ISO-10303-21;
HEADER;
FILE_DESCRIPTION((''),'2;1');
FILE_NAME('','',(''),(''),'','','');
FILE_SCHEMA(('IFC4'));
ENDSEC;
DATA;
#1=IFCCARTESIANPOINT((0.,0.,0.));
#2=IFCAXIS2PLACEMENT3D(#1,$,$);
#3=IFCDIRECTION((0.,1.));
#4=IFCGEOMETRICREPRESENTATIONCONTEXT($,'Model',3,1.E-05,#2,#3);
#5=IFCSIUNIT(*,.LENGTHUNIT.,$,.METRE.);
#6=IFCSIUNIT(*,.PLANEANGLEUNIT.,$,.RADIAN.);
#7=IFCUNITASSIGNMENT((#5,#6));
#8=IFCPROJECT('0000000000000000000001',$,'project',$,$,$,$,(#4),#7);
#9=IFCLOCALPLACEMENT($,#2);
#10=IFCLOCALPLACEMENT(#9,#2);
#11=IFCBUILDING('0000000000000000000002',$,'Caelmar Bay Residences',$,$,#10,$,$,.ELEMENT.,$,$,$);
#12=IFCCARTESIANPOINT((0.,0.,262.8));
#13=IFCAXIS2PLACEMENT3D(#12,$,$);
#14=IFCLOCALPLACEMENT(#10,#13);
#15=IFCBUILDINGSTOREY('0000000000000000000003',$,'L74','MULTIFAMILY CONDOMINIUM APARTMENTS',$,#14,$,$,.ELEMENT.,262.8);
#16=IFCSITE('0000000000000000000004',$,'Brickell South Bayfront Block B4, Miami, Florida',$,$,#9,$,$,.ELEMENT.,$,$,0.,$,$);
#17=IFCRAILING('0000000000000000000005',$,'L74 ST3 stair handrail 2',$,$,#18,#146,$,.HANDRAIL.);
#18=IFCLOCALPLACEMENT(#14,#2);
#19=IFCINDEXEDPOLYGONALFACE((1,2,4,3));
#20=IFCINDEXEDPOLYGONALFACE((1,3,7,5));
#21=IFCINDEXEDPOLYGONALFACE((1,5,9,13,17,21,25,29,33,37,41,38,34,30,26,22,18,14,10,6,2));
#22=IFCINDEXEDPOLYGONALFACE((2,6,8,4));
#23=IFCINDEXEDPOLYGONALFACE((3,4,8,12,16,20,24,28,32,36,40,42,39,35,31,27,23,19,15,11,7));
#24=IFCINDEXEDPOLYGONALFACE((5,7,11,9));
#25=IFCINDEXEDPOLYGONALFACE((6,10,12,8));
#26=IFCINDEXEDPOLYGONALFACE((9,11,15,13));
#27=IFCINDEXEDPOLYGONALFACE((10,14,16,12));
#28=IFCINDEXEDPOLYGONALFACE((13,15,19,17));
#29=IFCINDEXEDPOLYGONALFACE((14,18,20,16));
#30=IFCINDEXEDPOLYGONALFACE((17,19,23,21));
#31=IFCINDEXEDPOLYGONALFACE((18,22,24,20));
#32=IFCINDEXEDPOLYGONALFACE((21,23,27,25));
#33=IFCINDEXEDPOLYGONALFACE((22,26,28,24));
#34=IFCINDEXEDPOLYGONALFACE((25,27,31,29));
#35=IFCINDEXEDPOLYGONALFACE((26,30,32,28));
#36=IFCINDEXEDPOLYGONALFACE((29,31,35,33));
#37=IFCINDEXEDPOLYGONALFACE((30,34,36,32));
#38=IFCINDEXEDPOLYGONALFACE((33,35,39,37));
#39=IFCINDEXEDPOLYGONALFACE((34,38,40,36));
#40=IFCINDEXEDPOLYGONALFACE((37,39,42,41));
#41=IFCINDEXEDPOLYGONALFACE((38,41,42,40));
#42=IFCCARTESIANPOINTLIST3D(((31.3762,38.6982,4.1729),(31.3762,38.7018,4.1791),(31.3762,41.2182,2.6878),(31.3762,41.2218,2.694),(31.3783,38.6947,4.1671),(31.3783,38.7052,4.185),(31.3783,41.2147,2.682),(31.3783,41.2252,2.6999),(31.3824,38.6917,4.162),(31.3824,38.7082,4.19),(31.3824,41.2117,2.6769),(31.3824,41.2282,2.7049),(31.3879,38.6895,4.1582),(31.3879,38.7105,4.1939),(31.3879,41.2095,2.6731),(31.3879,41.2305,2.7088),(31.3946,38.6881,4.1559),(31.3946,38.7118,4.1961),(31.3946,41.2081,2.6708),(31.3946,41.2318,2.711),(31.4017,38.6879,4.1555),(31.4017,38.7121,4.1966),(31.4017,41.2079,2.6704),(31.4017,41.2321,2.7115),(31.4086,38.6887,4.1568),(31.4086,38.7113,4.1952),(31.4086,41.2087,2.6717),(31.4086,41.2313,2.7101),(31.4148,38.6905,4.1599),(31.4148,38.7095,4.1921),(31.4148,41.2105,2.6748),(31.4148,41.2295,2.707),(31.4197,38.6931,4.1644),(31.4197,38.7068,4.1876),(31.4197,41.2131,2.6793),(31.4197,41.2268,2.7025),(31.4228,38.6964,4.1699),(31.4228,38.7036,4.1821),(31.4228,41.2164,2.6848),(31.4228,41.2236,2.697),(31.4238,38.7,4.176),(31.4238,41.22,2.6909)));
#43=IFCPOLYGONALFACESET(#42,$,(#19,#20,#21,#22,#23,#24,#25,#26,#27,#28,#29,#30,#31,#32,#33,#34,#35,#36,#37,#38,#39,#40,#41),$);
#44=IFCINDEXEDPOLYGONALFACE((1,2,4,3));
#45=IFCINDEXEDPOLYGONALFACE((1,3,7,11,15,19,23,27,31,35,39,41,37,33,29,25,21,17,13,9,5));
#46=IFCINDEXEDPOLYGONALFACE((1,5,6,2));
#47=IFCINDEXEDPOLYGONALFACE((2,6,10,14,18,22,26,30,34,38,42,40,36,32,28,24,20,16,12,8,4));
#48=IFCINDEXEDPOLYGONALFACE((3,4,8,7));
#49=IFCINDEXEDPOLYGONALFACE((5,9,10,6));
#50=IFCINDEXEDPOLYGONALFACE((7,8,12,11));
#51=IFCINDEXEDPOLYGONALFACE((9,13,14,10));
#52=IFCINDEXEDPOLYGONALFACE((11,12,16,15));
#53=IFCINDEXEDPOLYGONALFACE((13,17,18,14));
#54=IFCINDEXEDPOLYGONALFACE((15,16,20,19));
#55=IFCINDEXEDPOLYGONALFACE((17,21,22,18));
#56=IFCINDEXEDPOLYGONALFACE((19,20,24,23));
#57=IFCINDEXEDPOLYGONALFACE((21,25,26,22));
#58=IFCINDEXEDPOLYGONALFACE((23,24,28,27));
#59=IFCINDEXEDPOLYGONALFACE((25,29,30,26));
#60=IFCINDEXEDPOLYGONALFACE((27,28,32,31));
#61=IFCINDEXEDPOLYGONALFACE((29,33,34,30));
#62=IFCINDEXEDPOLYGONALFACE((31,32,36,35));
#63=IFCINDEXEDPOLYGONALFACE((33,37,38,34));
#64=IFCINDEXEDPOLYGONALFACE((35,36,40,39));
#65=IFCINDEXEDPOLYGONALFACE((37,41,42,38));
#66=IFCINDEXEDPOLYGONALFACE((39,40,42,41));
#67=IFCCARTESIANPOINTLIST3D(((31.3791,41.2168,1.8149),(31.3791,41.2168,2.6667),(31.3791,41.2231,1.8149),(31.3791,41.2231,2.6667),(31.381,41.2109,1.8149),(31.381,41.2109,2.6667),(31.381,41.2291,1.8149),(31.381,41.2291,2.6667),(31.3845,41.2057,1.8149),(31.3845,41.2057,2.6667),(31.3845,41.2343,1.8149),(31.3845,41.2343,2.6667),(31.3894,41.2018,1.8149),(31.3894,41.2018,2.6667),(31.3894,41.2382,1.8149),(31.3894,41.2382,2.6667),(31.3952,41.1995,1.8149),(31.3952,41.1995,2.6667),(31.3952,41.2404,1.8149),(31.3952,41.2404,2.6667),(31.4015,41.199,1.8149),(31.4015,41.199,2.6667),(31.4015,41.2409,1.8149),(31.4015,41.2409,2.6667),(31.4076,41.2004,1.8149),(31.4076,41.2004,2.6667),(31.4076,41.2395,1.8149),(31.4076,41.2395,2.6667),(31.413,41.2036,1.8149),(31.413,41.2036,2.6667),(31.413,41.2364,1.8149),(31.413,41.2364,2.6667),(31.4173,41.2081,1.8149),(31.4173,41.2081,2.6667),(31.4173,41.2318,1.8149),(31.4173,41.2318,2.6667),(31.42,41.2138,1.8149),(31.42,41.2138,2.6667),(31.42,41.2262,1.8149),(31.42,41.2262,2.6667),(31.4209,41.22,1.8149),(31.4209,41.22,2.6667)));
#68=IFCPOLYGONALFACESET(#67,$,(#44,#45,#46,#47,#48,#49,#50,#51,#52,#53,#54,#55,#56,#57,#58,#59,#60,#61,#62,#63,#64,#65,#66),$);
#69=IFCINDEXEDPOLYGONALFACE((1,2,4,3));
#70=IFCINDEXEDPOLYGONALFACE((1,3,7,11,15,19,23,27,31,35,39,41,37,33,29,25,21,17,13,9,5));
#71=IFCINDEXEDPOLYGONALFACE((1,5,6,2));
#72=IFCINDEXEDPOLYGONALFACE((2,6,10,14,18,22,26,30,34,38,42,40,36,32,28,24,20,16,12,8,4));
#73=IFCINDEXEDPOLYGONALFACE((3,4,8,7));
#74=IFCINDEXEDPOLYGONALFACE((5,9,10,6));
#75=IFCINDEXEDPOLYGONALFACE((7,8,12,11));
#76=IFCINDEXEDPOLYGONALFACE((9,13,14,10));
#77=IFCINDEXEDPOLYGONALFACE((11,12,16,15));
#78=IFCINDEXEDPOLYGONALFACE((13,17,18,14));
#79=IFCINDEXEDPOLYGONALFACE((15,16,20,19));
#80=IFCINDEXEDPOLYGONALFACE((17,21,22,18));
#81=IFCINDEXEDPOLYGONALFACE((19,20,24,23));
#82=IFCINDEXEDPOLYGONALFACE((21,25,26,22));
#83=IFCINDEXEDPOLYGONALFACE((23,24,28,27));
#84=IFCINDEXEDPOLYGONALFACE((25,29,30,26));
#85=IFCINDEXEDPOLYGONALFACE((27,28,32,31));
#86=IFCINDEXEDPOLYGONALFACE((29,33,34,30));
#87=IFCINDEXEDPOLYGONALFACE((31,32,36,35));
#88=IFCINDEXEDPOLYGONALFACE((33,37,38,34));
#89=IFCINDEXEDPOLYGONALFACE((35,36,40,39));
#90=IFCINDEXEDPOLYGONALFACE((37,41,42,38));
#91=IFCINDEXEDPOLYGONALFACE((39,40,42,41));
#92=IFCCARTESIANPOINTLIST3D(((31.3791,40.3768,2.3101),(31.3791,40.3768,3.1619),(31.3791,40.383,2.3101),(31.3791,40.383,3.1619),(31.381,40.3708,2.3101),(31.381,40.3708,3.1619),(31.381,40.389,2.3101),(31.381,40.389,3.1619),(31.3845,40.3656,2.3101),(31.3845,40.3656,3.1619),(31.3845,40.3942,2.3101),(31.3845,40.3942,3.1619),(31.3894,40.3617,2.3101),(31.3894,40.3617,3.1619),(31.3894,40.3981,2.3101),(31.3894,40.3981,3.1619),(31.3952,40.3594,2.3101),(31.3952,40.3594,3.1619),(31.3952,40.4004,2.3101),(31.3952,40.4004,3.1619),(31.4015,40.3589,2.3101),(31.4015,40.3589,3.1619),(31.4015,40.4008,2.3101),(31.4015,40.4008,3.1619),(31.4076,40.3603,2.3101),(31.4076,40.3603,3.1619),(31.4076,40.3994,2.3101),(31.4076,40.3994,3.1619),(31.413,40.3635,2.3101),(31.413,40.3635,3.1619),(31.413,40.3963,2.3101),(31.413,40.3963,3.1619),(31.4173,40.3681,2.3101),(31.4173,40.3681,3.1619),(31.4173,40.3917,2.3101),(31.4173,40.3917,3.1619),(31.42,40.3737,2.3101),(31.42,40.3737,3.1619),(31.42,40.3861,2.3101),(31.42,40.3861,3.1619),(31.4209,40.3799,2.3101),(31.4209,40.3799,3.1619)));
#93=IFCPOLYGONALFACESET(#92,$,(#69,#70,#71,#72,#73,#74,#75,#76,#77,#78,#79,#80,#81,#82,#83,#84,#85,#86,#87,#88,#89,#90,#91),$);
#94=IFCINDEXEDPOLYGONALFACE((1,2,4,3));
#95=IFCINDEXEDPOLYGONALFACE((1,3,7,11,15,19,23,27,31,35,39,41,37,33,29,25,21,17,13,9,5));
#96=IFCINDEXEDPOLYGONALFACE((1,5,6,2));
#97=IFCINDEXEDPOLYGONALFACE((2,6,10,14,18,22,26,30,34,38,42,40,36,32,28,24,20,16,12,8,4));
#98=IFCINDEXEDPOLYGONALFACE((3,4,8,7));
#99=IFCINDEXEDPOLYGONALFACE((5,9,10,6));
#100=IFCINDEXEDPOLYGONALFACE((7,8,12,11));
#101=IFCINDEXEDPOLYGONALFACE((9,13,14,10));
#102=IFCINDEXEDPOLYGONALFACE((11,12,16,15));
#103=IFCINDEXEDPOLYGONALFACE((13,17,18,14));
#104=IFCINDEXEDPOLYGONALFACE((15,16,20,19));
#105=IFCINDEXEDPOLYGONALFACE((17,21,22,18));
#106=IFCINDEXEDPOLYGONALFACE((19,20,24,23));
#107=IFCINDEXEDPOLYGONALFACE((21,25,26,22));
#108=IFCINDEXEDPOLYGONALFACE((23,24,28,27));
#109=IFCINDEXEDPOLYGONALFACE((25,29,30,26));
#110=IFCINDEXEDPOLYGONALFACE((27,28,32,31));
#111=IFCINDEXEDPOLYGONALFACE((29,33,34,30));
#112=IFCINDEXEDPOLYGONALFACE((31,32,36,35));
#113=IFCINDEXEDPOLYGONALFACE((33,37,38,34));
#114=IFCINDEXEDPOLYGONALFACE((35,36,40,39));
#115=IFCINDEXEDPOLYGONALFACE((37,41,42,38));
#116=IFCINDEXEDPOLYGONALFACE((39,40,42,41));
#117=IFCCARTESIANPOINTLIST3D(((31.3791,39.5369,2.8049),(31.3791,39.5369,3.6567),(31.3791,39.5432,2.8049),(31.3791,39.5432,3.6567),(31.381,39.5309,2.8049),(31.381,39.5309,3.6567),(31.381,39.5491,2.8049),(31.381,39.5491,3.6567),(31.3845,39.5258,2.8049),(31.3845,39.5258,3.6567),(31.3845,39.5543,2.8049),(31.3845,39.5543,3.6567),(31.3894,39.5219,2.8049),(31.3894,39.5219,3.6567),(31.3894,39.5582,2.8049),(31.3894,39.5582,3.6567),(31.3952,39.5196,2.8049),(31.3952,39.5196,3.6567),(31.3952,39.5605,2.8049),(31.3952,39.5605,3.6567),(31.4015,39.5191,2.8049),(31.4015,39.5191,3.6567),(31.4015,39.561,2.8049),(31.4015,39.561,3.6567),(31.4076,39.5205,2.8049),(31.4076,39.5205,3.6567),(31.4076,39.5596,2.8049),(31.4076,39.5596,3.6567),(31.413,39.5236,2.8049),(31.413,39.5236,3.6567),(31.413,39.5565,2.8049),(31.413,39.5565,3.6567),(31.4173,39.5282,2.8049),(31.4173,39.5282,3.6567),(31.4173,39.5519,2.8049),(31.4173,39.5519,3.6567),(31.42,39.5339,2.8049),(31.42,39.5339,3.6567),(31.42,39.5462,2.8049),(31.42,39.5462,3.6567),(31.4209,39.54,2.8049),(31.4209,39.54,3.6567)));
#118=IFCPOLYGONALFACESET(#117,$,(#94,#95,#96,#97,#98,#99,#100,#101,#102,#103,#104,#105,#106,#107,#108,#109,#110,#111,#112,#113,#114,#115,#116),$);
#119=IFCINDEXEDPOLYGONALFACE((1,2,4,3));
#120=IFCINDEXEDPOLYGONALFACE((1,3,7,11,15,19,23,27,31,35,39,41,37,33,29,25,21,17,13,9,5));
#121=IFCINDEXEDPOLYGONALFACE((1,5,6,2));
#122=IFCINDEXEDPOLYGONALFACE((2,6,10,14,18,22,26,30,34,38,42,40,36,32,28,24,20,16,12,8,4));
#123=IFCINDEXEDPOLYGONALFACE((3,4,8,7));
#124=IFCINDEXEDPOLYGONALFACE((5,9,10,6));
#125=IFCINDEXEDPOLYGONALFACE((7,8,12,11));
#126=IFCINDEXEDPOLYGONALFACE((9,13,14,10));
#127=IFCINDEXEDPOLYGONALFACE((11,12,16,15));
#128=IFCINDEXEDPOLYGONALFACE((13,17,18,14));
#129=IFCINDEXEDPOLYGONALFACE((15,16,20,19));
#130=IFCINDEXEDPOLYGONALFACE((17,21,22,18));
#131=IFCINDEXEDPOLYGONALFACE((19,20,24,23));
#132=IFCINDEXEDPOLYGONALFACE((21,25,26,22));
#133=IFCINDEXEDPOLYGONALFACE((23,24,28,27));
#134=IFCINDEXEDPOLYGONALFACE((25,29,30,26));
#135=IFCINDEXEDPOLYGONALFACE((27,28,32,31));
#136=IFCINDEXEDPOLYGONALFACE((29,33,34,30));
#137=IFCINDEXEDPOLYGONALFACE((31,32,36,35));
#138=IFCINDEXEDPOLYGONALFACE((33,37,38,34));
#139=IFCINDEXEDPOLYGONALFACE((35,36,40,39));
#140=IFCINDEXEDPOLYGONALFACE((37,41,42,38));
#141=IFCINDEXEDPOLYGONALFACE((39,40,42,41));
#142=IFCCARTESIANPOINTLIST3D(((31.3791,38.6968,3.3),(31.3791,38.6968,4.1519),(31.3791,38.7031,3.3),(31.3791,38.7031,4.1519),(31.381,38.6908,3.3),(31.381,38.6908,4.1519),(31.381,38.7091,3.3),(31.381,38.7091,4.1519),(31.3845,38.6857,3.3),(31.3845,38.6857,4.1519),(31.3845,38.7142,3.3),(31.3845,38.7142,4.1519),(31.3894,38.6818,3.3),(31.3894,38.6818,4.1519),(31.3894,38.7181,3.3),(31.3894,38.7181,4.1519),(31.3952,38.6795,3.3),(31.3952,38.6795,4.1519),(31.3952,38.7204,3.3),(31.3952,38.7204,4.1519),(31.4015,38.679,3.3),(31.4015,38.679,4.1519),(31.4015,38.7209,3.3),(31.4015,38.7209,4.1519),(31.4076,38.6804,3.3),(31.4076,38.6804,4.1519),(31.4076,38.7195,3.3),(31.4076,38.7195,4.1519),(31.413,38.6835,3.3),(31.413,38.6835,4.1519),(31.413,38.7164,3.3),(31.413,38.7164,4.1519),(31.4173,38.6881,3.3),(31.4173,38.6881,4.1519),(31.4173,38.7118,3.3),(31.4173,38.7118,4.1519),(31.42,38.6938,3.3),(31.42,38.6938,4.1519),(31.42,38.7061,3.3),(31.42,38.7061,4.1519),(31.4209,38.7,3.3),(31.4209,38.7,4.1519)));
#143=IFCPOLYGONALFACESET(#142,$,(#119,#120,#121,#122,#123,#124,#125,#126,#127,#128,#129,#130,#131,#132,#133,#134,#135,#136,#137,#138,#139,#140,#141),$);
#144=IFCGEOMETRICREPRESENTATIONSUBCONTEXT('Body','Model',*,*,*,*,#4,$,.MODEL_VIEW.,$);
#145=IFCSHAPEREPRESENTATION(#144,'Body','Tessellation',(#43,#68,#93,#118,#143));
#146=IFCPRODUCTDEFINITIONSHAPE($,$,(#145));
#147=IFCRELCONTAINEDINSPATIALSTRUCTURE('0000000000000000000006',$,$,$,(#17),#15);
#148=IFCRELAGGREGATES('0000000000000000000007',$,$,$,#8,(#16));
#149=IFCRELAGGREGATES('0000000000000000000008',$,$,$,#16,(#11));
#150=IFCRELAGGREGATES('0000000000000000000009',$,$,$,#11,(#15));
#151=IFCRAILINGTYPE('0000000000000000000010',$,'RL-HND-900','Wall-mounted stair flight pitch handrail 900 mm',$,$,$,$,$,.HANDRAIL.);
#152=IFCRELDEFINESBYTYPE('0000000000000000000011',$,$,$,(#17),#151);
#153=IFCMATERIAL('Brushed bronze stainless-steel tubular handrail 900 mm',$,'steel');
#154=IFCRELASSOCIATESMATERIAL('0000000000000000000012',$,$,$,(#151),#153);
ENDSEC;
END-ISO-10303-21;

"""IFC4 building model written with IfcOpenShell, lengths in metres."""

from ifc_helpers import new_model, si_unit, direction, frame, origin, origin_2d, place, context, subcontext, project, spatial, circle, extrude, material, type_object, element, save


model = new_model("IFC4")

# Units and contexts
model_context = context("Model", 3, precision=1e-05, world=origin(), true_north=direction((0.0, 1.0)))
body_context = subcontext(model_context, "Body", "Model", "MODEL_VIEW")
ifc_project = project(units=[si_unit("LENGTHUNIT", "METRE"), si_unit("PLANEANGLEUNIT", "RADIAN")], contexts=[model_context])

# Site, building, storey
site_placement = place(None, origin())
site = spatial("IfcSite", under=ifc_project, at=site_placement, Name="Brickell South Bayfront Block B4, Miami, Florida", CompositionType="ELEMENT", RefElevation=0.0)
building_placement = place(site_placement, origin())
building = spatial("IfcBuilding", under=site, at=building_placement, Name="Caelmar Bay Residences", CompositionType="ELEMENT")
storey_placement = place(building_placement, frame((0.0, 0.0, 262.8)))
storey = spatial("IfcBuildingStorey", under=building, at=storey_placement, Name="L74", Description="MULTIFAMILY CONDOMINIUM APARTMENTS", CompositionType="ELEMENT", Elevation=262.8)

# Railing
ifc_material_1 = material(Name="Brushed bronze stainless-steel tubular handrail 900 mm", Category="steel")
railing_type_1 = type_object("IfcRailingType", Name="RL-HND-900", Description="Wall-mounted stair flight pitch handrail 900 mm", PredefinedType="HANDRAIL", material=ifc_material_1)
railing_1_placement = place(storey_placement, frame((31.3999, 41.22, 1.8149)))
element("IfcRailing", 1, at=railing_1_placement, inside=storey, type_object=railing_type_1, Name="L74 ST3 stair handrail 2", PredefinedType="HANDRAIL", context=body_context, shape_type="SweptSolid", body=[
    extrude(circle(Radius=0.0239, at=origin_2d()), frame((0.0, 0.0, 0.876), z_axis=(0.0, -0.861524, 0.507717), x_axis=(1.0, 0.0, 0.0)), (0.0, 0.0, 1.0), 2.925),
    extrude(circle(Radius=0.021, at=origin_2d()), origin(), (0.0, 0.0, 1.0), 0.8518),
    extrude(circle(Radius=0.021, at=origin_2d()), frame((0.0, -0.8401, 0.4951)), (0.0, 0.0, 1.0), 0.8518),
    extrude(circle(Radius=0.021, at=origin_2d()), frame((0.0, -1.6799, 0.99)), (0.0, 0.0, 1.0), 0.8518),
    extrude(circle(Radius=0.021, at=origin_2d()), frame((0.0, -2.52, 1.4851)), (0.0, 0.0, 1.0), 0.8518),
])

save(model, "model.ifc")
